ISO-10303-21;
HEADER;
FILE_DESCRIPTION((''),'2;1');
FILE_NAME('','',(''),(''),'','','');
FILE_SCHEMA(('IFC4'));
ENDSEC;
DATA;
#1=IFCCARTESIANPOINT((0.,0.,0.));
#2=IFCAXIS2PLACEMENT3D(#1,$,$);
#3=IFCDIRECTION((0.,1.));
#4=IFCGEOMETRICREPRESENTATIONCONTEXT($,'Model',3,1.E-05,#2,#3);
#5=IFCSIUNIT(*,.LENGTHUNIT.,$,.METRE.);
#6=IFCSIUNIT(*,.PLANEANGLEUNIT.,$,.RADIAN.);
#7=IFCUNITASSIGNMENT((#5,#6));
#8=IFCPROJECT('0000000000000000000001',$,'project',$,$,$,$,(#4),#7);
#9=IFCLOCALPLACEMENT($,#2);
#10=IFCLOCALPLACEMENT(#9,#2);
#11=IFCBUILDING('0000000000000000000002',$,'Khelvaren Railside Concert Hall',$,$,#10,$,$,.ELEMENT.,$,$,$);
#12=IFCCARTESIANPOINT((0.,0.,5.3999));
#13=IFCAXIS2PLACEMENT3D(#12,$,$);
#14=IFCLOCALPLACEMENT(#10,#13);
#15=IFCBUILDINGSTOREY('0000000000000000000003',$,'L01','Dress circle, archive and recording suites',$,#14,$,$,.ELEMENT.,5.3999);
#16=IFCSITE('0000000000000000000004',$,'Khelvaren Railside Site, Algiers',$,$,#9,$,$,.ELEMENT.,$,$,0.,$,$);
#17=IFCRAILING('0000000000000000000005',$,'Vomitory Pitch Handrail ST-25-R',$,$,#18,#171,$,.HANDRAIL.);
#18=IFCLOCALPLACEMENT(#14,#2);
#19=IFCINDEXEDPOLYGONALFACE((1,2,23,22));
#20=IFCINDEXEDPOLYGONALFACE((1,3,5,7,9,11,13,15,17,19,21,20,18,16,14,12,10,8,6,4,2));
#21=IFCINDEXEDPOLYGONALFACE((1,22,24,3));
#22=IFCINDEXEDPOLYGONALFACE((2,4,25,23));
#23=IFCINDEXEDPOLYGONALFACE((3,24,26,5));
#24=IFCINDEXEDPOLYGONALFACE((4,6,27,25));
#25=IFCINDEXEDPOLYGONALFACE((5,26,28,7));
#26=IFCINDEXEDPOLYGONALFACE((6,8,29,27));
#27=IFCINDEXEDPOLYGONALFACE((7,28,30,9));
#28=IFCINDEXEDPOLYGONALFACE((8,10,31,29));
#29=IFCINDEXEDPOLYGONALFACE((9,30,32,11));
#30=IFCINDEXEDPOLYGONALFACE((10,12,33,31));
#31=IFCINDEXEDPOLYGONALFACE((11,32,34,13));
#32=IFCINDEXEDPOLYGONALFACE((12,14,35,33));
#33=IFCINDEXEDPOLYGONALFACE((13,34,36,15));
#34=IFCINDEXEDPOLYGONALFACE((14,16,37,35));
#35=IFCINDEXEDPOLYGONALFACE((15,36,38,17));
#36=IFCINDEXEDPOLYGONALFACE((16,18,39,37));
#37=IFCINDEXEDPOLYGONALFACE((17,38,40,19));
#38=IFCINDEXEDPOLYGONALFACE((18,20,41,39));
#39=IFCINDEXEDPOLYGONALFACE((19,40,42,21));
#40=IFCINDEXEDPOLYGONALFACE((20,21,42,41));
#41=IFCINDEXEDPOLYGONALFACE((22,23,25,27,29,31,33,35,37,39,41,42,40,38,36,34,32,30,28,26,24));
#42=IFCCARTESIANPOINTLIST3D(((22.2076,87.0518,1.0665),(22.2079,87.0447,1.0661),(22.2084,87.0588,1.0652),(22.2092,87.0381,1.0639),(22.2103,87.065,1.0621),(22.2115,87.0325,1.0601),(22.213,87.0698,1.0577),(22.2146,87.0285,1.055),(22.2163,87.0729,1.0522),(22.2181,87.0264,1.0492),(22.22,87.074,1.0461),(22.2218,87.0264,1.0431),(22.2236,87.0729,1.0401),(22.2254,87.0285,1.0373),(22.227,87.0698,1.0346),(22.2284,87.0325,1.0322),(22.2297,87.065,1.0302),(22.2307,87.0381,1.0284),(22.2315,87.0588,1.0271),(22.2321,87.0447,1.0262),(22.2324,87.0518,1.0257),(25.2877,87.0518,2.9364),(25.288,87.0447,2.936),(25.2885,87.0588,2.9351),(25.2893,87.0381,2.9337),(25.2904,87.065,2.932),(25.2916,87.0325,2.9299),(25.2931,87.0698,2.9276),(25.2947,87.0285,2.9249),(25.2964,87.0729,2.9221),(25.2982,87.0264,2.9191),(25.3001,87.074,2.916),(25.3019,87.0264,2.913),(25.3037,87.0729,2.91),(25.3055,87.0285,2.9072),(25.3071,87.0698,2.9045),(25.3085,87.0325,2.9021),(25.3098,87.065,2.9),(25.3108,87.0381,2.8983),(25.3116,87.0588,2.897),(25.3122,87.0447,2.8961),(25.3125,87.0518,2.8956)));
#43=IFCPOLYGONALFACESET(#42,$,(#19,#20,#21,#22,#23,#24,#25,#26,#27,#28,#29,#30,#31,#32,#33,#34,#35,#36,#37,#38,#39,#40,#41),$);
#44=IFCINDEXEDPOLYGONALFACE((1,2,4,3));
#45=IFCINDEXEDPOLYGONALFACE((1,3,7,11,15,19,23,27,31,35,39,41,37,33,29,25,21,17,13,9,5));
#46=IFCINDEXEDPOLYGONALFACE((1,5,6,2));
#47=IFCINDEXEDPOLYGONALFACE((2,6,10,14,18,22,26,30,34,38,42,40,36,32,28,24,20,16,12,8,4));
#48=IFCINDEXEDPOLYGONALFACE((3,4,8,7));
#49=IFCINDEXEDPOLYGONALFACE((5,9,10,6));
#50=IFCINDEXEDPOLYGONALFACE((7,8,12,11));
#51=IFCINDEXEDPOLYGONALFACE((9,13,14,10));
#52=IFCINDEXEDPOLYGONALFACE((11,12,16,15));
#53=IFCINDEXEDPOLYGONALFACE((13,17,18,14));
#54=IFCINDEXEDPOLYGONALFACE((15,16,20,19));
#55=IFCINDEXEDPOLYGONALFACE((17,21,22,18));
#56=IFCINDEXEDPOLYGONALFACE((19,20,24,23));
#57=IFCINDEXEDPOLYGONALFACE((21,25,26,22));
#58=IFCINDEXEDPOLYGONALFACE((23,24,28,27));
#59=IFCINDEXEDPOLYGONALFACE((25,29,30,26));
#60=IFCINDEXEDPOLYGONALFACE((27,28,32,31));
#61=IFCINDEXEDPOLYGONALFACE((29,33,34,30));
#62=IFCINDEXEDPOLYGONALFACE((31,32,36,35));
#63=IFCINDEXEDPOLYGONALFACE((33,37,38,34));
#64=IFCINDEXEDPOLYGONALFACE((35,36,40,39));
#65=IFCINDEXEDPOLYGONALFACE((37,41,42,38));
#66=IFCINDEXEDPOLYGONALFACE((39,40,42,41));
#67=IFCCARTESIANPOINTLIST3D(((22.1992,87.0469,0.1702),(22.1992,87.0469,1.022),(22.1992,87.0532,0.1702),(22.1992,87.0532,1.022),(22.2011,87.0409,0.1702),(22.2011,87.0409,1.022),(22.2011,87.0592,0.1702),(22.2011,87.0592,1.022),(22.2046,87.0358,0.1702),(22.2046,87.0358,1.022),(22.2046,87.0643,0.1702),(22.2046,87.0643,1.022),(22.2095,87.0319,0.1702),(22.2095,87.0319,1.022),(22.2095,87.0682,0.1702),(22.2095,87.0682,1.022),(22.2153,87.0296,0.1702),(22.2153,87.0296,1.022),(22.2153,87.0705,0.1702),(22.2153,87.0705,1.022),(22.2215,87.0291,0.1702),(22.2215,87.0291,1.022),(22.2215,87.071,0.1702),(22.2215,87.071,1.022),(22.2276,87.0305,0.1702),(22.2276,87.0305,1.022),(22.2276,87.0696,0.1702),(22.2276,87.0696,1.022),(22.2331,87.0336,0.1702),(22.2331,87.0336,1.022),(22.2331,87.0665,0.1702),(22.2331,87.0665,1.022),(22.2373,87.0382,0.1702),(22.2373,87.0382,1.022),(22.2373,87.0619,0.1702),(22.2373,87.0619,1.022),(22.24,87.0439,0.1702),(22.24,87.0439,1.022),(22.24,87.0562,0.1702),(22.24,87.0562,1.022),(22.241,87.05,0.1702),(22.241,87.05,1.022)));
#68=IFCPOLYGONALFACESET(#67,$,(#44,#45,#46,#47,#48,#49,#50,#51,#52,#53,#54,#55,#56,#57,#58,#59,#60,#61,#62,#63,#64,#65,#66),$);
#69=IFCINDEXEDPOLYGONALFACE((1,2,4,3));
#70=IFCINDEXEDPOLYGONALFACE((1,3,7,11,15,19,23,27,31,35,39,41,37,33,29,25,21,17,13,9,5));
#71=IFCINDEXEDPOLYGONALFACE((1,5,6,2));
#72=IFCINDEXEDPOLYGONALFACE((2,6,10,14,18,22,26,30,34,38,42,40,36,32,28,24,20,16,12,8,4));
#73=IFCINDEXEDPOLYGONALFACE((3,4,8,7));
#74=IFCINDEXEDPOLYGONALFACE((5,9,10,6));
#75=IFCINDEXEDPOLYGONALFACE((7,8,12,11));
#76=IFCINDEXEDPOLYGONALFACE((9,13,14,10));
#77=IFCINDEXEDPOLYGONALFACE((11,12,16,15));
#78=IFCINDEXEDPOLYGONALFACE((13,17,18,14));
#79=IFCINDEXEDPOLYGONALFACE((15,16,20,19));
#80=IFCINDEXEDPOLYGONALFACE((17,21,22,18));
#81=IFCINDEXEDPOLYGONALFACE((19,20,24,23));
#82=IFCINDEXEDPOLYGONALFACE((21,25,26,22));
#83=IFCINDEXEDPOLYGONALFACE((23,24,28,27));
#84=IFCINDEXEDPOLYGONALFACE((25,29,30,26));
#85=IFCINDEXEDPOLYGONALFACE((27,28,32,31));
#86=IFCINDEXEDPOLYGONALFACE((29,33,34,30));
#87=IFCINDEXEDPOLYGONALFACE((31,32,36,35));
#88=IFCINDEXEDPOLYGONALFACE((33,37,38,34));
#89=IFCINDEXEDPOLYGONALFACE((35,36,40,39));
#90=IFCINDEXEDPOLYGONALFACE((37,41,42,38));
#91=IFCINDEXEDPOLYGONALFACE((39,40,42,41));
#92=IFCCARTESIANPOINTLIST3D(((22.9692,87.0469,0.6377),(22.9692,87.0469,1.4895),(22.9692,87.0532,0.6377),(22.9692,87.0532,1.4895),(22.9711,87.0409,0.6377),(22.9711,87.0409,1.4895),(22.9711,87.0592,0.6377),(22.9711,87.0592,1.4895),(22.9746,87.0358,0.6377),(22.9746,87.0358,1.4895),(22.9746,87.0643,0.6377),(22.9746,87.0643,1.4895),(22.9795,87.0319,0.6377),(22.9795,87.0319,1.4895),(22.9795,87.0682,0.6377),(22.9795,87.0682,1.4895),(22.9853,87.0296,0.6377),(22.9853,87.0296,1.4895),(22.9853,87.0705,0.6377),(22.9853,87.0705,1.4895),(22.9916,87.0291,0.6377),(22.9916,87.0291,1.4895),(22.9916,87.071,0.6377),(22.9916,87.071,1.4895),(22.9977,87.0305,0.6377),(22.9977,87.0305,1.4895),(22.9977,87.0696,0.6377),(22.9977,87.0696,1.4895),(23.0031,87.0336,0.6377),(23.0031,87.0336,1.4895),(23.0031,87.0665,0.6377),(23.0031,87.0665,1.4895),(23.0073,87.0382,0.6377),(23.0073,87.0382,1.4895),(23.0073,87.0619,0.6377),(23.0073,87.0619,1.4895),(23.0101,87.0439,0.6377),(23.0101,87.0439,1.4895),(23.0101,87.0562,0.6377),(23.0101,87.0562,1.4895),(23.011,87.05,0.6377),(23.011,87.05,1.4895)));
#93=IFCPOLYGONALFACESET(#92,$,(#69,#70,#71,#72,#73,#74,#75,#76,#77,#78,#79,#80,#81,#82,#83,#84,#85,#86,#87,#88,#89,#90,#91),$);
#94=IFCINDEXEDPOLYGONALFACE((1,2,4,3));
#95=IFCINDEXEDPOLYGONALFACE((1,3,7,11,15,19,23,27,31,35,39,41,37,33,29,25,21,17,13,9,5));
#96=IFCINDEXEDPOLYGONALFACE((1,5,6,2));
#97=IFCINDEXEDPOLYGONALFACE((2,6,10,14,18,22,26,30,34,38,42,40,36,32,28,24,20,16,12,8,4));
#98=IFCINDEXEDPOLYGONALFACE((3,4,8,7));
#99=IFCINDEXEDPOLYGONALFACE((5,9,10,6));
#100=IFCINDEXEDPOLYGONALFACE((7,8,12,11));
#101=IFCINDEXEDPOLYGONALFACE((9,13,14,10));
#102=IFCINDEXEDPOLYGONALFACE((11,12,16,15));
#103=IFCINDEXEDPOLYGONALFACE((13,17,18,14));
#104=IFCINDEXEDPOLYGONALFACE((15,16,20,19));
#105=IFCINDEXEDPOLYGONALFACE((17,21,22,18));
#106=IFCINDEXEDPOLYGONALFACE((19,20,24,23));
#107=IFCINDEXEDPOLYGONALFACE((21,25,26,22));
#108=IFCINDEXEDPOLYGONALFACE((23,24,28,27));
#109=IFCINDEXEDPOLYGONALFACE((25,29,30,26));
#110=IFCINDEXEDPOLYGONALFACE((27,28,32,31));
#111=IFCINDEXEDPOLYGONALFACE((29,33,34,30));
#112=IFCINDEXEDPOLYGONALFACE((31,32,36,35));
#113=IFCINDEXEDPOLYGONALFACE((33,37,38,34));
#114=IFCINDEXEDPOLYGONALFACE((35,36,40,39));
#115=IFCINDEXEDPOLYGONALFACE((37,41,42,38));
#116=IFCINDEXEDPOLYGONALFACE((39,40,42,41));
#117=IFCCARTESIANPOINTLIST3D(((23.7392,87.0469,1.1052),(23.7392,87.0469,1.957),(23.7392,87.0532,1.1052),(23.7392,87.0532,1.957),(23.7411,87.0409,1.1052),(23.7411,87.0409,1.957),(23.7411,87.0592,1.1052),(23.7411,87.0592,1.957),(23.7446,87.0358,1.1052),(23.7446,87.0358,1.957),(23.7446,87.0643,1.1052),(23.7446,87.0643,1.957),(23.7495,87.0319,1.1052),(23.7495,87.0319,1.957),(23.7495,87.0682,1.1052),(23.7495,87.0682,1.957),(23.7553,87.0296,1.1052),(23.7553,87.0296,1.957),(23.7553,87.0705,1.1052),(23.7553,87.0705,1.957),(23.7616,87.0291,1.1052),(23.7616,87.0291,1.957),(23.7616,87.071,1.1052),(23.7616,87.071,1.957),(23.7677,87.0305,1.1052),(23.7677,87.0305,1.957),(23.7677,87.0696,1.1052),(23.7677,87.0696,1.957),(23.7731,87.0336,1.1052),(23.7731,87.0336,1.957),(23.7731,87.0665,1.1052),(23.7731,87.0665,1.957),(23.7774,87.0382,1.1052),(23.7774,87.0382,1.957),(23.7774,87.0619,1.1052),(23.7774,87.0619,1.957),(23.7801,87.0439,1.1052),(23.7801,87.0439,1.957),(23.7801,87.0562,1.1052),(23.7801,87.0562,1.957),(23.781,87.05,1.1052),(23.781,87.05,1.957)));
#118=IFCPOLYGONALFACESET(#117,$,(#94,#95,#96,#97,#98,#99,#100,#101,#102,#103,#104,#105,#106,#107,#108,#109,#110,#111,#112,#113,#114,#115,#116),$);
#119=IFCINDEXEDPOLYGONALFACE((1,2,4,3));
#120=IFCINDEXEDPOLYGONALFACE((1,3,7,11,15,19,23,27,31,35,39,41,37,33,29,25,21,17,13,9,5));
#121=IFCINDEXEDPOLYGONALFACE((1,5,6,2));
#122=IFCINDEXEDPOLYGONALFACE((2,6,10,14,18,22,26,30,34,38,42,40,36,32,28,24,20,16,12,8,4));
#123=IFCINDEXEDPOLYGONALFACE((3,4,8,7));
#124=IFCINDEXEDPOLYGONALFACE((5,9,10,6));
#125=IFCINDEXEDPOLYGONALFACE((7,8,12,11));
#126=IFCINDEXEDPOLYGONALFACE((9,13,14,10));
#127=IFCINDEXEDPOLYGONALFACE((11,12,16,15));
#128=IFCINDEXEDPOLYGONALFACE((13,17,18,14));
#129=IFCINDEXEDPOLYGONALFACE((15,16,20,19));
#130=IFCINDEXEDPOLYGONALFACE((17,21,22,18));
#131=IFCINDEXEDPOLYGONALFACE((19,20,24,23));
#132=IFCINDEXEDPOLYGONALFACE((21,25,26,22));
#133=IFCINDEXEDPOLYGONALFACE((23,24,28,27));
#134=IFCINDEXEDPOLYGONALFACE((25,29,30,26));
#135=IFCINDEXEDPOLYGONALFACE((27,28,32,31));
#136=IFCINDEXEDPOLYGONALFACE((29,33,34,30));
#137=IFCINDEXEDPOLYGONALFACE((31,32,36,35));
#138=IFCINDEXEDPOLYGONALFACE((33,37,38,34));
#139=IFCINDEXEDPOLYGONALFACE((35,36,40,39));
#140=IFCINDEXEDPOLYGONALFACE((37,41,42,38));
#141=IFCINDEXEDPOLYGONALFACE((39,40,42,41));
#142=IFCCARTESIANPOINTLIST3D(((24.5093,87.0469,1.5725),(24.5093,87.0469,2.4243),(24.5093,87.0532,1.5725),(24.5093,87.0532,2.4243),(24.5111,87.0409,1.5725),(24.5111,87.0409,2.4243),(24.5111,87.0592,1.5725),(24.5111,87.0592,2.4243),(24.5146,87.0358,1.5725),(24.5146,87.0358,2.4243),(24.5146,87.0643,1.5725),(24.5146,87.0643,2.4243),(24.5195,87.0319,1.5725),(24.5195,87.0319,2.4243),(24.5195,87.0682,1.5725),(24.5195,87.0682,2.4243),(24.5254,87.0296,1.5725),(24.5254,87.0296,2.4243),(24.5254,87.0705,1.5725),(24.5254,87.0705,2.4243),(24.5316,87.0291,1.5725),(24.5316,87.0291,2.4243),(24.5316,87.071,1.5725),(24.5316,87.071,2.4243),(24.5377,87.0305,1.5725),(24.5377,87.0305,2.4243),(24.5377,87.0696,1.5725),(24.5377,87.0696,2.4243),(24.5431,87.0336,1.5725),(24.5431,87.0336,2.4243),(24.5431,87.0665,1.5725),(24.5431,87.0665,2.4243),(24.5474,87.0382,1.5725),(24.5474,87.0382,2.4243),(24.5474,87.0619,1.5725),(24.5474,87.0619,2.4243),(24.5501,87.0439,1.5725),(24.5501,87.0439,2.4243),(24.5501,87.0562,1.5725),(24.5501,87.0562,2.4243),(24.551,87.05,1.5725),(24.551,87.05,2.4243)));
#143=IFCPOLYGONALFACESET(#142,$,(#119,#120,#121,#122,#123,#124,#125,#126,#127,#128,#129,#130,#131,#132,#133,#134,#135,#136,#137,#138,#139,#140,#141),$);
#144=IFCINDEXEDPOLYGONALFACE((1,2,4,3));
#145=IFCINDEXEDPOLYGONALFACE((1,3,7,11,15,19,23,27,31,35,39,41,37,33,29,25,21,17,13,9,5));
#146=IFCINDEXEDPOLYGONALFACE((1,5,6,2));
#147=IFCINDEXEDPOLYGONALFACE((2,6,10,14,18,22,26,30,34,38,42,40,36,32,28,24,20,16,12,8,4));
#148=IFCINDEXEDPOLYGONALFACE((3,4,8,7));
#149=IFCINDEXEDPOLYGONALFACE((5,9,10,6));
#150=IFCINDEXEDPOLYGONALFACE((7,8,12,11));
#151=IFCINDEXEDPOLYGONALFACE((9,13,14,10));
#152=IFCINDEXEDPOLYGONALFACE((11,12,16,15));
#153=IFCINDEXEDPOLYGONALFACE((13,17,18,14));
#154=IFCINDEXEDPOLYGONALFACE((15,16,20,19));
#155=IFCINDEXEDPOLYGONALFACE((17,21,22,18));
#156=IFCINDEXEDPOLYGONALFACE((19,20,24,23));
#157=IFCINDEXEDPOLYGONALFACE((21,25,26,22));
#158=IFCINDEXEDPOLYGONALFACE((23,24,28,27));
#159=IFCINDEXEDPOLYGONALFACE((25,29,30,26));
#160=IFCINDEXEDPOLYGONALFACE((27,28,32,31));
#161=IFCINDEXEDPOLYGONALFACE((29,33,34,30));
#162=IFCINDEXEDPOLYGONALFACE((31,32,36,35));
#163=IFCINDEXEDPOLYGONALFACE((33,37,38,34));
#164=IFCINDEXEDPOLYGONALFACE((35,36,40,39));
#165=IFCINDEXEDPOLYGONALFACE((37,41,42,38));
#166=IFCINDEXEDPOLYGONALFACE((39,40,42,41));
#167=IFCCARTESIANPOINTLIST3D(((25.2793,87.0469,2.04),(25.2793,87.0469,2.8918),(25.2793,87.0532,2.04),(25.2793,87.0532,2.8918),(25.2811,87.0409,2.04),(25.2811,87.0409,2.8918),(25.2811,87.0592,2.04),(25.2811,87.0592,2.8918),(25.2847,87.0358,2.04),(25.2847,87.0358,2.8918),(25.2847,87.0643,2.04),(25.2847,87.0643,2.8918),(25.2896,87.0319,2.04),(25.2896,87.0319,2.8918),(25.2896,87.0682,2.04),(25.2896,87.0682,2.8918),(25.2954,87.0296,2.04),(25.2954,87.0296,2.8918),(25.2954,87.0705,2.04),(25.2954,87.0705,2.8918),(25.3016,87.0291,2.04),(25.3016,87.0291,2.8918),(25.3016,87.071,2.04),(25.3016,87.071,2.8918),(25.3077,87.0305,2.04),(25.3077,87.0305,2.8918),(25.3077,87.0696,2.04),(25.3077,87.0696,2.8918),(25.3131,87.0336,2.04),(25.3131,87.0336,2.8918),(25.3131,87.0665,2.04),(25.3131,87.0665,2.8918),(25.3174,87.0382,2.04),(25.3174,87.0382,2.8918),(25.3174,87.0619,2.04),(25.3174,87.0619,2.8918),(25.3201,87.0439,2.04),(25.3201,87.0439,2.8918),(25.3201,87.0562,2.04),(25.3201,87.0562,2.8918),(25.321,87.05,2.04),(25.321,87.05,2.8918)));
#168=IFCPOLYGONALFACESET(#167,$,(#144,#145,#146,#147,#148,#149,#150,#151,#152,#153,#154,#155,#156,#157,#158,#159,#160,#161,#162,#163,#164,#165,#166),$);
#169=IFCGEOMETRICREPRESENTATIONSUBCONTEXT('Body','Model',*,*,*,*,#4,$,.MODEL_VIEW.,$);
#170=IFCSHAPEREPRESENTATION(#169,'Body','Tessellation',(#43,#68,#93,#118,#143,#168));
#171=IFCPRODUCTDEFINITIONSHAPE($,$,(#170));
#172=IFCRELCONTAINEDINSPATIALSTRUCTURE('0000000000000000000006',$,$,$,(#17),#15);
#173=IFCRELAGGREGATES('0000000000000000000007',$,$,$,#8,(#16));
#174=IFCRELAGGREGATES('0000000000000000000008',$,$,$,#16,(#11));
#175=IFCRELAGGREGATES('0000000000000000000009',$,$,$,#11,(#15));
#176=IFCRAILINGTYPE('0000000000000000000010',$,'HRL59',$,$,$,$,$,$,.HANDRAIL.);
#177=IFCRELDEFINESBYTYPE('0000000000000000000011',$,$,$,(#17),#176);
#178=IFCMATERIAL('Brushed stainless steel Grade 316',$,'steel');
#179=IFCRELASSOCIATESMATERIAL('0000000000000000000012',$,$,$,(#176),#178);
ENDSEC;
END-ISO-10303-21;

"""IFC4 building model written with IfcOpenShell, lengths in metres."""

from ifc_helpers import new_model, si_unit, direction, frame, origin, origin_2d, place, context, subcontext, project, spatial, circle, extrude, material, type_object, element, save


model = new_model("IFC4")

# Units and contexts
model_context = context("Model", 3, precision=1e-05, world=origin(), true_north=direction((0.0, 1.0)))
body_context = subcontext(model_context, "Body", "Model", "MODEL_VIEW")
ifc_project = project(units=[si_unit("LENGTHUNIT", "METRE"), si_unit("PLANEANGLEUNIT", "RADIAN")], contexts=[model_context])

# Site, building, storey
site_placement = place(None, origin())
site = spatial("IfcSite", under=ifc_project, at=site_placement, Name="Khelvaren Railside Site, Algiers", CompositionType="ELEMENT", RefElevation=0.0)
building_placement = place(site_placement, origin())
building = spatial("IfcBuilding", under=site, at=building_placement, Name="Khelvaren Railside Concert Hall", CompositionType="ELEMENT")
storey_placement = place(building_placement, frame((0.0, 0.0, 5.3999)))
storey = spatial("IfcBuildingStorey", under=building, at=storey_placement, Name="L01", Description="Dress circle, archive and recording suites", CompositionType="ELEMENT", Elevation=5.3999)

# Railing
ifc_material_1 = material(Name="Brushed stainless steel Grade 316", Category="steel")
railing_type_1 = type_object("IfcRailingType", Name="HRL59", PredefinedType="HANDRAIL", material=ifc_material_1)
for number, where, name in (
    (1, (22.22, 87.05, 0.1702), "Vomitory Pitch Handrail ST-25-R"),
):
    element("IfcRailing", number, at=place(storey_placement, frame(where)), inside=storey, type_object=railing_type_1, Name=name, PredefinedType="HANDRAIL", context=body_context, shape_type="SweptSolid", body=[
        extrude(circle(Radius=0.0239, at=origin_2d()), frame((0.0, 0.0, 0.876), z_axis=(0.854809, 0.0, 0.518943), x_axis=(0.0, 1.0, 0.0)), (0.0, 0.0, 1.0), 3.6033),
        extrude(circle(Radius=0.021, at=origin_2d()), origin(), (0.0, 0.0, 1.0), 0.8518),
        extrude(circle(Radius=0.021, at=origin_2d()), frame((0.77, 0.0, 0.4675)), (0.0, 0.0, 1.0), 0.8518),
        extrude(circle(Radius=0.021, at=origin_2d()), frame((1.54, 0.0, 0.9351)), (0.0, 0.0, 1.0), 0.8518),
        extrude(circle(Radius=0.021, at=origin_2d()), frame((2.3101, 0.0, 1.4023)), (0.0, 0.0, 1.0), 0.8518),
        extrude(circle(Radius=0.021, at=origin_2d()), frame((3.0801, 0.0, 1.8699)), (0.0, 0.0, 1.0), 0.8518),
    ])

save(model, "model.ifc")
